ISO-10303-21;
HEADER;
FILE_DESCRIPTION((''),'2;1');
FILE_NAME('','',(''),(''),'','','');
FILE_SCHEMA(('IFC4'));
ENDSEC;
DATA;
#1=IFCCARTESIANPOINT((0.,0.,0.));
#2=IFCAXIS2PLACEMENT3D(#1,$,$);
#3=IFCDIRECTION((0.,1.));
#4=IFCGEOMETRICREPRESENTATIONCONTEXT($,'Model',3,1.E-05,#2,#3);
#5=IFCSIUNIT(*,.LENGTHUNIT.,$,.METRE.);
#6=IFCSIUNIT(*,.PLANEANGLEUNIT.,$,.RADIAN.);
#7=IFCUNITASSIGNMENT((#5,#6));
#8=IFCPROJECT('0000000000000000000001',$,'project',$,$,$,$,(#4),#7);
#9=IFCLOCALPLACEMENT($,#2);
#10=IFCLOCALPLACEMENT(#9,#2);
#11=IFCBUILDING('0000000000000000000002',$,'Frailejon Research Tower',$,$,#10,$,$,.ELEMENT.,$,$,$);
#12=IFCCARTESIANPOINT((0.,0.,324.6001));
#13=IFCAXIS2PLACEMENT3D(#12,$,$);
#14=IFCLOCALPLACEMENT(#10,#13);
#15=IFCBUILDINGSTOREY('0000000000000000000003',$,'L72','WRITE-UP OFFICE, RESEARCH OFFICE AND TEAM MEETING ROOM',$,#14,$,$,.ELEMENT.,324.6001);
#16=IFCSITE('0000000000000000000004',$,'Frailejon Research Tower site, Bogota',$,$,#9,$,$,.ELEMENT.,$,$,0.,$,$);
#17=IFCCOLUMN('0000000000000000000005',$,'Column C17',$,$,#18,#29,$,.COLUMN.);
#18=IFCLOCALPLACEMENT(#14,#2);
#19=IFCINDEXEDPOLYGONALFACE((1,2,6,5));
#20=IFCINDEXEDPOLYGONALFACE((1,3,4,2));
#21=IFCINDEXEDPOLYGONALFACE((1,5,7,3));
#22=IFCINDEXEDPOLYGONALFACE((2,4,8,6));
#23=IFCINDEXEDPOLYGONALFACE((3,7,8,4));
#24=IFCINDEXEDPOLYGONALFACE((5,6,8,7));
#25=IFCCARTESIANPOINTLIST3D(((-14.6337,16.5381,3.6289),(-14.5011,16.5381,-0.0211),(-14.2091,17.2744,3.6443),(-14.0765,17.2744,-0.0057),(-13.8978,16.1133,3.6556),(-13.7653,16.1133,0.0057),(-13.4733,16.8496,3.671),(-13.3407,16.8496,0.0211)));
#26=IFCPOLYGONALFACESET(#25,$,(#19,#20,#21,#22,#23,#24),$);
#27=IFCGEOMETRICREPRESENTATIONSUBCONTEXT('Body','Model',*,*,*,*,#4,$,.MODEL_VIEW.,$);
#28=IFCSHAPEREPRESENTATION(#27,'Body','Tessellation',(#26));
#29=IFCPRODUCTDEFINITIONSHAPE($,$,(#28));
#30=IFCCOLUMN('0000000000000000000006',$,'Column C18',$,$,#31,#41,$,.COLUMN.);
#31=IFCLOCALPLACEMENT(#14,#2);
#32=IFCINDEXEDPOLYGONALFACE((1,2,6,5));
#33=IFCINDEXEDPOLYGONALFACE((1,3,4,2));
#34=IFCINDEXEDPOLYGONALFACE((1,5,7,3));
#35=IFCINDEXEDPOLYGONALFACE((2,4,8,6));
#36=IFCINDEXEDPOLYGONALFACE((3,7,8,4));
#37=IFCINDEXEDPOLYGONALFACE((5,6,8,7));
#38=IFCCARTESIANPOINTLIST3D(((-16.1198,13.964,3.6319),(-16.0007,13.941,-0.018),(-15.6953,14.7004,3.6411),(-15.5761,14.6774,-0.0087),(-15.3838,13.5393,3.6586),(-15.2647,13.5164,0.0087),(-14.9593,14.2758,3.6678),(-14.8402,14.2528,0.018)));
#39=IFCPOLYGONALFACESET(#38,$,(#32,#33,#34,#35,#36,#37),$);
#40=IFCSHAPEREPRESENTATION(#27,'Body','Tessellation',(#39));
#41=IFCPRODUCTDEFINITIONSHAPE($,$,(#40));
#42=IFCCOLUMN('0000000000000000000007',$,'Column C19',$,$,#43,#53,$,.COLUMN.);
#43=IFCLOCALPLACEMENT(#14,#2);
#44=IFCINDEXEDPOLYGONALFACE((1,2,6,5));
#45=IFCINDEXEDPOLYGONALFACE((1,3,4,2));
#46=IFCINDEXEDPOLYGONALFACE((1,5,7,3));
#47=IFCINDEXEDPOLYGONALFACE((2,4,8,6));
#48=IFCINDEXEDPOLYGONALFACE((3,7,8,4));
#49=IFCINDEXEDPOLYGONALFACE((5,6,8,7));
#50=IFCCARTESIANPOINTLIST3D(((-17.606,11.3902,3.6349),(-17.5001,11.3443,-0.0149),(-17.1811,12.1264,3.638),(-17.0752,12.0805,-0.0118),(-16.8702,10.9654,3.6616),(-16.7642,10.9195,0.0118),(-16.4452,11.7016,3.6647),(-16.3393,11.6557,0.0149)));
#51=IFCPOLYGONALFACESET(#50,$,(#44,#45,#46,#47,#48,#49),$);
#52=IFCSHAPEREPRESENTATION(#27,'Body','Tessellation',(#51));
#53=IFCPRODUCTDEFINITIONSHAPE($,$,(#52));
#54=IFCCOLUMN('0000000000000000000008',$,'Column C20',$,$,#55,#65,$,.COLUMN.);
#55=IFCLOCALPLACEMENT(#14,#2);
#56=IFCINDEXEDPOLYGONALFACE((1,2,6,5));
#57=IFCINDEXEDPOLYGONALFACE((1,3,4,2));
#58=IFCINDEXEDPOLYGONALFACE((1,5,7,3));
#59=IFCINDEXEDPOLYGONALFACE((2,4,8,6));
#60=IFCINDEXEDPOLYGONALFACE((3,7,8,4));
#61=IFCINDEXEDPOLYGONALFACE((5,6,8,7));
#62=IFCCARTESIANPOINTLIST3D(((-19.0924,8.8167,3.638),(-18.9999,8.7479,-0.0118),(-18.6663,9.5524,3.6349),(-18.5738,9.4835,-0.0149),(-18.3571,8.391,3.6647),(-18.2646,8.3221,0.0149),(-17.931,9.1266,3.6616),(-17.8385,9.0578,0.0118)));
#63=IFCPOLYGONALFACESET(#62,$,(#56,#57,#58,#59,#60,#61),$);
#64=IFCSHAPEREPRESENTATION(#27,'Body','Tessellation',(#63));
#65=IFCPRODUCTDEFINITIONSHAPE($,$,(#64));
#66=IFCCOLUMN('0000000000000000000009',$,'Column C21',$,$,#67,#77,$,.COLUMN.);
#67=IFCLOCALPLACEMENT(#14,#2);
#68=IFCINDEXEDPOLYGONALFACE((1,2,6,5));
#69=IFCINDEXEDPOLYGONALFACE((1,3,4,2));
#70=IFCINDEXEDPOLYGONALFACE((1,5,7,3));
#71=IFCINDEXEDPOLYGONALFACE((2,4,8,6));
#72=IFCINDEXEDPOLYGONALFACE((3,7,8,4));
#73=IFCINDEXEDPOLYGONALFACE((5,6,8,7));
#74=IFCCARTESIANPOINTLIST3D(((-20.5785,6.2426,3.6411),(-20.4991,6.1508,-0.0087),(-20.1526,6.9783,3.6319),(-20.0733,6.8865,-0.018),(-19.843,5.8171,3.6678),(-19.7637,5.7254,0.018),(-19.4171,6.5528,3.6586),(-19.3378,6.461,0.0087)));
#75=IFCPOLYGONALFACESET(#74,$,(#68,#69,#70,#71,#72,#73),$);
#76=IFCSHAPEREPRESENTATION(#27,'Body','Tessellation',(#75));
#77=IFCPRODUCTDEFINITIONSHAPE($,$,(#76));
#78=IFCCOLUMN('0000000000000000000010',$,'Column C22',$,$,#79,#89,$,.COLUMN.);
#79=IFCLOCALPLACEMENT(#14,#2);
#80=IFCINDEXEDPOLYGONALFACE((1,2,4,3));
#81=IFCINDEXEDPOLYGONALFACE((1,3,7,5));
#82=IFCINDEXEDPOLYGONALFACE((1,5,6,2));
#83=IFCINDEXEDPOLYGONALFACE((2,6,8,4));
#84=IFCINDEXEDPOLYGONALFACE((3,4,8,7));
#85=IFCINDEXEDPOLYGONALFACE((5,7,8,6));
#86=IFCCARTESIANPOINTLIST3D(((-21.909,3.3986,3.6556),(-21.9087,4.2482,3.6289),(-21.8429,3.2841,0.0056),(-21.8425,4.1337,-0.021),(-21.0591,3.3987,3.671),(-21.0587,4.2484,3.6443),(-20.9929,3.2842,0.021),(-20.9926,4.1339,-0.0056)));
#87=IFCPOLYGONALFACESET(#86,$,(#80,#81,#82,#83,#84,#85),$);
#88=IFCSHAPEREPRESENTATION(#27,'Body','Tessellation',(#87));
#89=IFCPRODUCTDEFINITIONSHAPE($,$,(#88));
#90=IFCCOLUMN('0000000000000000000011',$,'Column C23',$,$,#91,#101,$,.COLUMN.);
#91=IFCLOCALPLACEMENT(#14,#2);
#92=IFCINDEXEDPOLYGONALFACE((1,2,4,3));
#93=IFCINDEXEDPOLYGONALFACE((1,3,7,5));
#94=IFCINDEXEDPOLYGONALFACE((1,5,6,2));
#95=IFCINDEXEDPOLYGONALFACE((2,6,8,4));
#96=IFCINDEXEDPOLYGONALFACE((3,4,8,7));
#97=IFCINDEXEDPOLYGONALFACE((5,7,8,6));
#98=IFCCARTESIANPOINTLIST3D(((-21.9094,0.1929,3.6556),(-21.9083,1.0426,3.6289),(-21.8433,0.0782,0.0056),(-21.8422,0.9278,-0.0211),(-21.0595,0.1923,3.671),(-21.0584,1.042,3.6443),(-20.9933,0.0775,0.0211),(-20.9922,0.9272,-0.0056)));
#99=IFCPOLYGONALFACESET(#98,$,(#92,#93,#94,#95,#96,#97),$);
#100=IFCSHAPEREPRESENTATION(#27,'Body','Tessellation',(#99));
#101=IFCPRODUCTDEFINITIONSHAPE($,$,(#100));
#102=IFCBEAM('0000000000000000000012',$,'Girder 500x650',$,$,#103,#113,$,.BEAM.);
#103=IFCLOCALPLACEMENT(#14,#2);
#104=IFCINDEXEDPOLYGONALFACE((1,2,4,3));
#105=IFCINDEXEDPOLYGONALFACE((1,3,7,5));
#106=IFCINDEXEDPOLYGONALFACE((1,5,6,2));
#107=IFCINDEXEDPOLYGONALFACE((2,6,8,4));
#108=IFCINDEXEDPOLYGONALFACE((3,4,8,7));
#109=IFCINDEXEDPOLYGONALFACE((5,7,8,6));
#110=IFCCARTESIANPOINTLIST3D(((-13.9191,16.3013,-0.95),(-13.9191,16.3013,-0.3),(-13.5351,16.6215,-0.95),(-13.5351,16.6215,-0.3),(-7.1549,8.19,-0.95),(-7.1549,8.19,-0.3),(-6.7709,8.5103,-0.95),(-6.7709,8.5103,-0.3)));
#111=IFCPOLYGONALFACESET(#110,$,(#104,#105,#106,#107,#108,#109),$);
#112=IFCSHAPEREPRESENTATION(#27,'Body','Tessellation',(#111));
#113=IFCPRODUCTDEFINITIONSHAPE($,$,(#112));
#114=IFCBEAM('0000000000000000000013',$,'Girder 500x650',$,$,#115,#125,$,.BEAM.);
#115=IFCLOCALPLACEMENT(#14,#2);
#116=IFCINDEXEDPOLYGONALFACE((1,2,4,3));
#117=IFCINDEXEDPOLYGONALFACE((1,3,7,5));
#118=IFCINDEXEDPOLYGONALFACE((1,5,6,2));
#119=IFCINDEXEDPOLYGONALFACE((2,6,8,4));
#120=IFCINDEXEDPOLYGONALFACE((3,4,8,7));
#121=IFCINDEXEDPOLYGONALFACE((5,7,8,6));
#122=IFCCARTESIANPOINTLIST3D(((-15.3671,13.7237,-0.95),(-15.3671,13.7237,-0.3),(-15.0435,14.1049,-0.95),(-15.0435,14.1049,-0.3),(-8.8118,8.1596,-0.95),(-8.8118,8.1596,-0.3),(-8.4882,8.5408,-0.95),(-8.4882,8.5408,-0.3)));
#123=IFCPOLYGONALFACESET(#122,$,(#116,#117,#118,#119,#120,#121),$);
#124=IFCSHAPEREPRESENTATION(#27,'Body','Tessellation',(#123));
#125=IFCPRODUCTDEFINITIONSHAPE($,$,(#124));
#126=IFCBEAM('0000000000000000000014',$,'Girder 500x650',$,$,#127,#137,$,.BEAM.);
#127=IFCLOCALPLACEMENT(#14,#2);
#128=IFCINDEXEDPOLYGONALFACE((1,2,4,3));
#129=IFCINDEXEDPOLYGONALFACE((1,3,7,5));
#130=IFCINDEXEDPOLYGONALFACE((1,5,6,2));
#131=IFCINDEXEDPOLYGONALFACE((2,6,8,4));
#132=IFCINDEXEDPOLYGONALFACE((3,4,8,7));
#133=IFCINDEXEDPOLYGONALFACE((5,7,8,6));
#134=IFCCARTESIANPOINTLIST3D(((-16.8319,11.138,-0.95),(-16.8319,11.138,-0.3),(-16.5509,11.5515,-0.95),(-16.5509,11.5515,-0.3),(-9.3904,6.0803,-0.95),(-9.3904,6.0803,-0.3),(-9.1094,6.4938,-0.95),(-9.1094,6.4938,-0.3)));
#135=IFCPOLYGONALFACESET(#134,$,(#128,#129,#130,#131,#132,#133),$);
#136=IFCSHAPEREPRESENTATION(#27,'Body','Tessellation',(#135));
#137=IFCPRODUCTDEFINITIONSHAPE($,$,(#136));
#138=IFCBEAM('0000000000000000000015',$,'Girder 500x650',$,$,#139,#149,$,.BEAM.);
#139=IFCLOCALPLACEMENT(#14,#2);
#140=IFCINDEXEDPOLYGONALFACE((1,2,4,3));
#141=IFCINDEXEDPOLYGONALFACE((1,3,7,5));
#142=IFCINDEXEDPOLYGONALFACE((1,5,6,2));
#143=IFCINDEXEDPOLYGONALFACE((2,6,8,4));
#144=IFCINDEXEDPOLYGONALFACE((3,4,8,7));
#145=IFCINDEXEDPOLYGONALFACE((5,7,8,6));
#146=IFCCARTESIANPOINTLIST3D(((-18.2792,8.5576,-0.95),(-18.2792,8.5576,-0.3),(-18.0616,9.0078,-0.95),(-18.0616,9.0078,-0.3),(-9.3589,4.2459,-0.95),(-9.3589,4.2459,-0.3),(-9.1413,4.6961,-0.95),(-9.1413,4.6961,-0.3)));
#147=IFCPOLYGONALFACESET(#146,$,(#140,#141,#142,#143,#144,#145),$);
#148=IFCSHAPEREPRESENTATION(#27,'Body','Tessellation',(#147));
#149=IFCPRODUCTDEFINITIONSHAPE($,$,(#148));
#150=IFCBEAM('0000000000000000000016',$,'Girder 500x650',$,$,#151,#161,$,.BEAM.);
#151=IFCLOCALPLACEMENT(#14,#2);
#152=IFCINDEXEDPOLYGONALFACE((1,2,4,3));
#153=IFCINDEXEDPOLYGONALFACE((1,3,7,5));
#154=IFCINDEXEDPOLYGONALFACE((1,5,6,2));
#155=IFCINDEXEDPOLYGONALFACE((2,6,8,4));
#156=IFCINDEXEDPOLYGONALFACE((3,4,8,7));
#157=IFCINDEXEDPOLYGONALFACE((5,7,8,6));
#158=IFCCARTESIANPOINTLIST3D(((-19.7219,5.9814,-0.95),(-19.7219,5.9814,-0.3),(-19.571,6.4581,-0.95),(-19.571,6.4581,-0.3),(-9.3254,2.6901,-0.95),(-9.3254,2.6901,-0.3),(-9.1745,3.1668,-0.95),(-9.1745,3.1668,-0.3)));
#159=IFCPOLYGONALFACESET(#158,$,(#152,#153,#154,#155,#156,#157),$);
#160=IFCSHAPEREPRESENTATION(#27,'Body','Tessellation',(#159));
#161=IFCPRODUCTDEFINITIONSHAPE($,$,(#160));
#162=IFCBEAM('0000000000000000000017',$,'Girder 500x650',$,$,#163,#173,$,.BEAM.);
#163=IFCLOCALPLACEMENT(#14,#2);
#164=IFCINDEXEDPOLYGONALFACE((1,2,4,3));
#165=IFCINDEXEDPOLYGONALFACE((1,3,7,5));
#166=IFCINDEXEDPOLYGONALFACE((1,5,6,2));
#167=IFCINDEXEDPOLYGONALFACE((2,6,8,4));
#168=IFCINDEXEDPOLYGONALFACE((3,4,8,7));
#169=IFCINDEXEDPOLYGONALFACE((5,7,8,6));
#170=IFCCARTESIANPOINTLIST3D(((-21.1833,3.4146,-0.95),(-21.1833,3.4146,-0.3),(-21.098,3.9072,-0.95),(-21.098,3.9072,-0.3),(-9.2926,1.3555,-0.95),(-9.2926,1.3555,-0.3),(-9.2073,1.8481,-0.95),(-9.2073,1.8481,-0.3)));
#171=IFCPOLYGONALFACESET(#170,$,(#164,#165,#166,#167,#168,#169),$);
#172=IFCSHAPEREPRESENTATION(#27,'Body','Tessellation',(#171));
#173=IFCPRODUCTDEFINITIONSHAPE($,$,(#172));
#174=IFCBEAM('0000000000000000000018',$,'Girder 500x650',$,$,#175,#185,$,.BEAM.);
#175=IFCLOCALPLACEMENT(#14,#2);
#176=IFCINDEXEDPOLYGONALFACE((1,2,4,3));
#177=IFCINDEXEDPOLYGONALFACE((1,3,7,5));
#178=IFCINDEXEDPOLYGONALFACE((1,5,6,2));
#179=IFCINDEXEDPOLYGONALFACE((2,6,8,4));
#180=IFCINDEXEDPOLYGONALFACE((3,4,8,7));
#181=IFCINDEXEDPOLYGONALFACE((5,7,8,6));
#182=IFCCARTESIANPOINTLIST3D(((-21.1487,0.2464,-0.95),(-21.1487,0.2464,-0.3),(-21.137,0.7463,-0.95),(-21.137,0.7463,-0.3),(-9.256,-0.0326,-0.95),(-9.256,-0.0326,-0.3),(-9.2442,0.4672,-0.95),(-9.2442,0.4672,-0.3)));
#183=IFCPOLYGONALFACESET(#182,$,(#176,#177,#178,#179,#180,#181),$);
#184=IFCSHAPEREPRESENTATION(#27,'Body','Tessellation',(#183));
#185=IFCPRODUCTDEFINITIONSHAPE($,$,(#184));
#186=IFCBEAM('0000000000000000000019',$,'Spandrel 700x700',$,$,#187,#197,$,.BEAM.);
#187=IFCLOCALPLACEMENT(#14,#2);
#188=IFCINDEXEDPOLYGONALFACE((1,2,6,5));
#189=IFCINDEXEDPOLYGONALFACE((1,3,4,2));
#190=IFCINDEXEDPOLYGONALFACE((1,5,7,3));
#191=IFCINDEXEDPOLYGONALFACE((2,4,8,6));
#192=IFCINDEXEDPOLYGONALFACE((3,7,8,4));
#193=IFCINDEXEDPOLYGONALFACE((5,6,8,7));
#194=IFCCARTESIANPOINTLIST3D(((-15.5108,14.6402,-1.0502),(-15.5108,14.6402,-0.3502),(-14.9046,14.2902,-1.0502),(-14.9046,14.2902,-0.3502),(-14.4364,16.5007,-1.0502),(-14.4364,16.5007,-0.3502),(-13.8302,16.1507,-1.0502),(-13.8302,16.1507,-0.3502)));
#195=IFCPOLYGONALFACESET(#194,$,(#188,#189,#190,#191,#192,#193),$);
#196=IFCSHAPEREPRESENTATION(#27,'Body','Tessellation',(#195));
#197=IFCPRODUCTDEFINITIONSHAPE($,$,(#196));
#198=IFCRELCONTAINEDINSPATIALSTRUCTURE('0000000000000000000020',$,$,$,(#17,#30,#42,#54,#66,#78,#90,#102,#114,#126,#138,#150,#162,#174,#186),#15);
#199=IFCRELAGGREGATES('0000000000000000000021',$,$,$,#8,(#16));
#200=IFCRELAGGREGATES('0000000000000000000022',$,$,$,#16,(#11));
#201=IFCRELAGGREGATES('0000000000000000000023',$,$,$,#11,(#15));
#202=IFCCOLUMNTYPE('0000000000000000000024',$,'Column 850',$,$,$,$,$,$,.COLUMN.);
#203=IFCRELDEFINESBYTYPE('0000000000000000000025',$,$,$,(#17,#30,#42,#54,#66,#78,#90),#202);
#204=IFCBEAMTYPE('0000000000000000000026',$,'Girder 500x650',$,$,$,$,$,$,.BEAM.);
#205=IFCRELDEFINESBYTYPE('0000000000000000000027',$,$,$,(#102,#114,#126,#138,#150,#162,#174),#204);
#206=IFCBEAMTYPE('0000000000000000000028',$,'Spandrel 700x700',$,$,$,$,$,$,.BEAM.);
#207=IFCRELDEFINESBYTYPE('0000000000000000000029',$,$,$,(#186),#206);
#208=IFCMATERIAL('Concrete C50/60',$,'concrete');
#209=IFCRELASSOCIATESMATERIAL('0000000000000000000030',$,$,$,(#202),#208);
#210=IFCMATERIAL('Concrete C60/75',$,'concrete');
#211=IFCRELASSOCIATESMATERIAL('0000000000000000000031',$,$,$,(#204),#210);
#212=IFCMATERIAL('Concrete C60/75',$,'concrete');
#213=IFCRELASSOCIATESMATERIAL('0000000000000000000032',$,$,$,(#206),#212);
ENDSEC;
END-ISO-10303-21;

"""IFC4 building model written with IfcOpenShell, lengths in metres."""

from ifc_helpers import new_model, si_unit, direction, frame, origin, origin_2d, place, context, subcontext, project, spatial, rectangle, extrude, material, material_profile, profile_set, type_object, element, save


model = new_model("IFC4")

# Units and contexts
model_context = context("Model", 3, precision=1e-05, world=origin(), true_north=direction((0.0, 1.0)))
body_context = subcontext(model_context, "Body", "Model", "MODEL_VIEW")
ifc_project = project(units=[si_unit("LENGTHUNIT", "METRE"), si_unit("PLANEANGLEUNIT", "RADIAN")], contexts=[model_context])

# Site, building, storey
site_placement = place(None, origin())
site = spatial("IfcSite", under=ifc_project, at=site_placement, Name="Frailejon Research Tower site, Bogota", CompositionType="ELEMENT", RefElevation=0.0)
building_placement = place(site_placement, origin())
building = spatial("IfcBuilding", under=site, at=building_placement, Name="Frailejon Research Tower", CompositionType="ELEMENT")
storey_placement = place(building_placement, frame((0.0, 0.0, 324.6001)))
storey = spatial("IfcBuildingStorey", under=building, at=storey_placement, Name="L72", Description="WRITE-UP OFFICE, RESEARCH OFFICE AND TEAM MEETING ROOM", CompositionType="ELEMENT", Elevation=324.6001)

# Columns
ifc_material_1 = material(Name="Concrete C50/60", Category="concrete")
ifc_material_profile_1 = material_profile(ifc_material_1, rectangle(XDim=0.8501, YDim=0.8501, at=origin_2d()), Name="Column 850")
ifc_profile_set_1 = profile_set([ifc_material_profile_1], Name="Concrete C50/60")
column_type = type_object("IfcColumnType", Name="Column 850", PredefinedType="COLUMN", material=ifc_profile_set_1)
column_1_placement = place(storey_placement, frame((-13.9209, 16.6938, 0.0), z_axis=(-0.036297, 0.0, 0.999341), x_axis=(-0.499424, -0.866168, -0.01814)))
element("IfcColumn", 1, at=column_1_placement, inside=storey, type_object=column_type, Name="Column C17", PredefinedType="COLUMN", context=body_context, shape_type="SweptSolid", body=[
    extrude(rectangle(XDim=0.8501, YDim=0.8501, at=origin_2d()), origin(), (0.0, 0.0, 1.0), 3.6523),
])
column_2_placement = place(storey_placement, frame((-15.4204, 14.0969, 0.0), z_axis=(-0.032624, 0.006284, 0.999448), x_axis=(-0.499397, -0.866305, -0.010854)))
element("IfcColumn", 2, at=column_2_placement, inside=storey, type_object=column_type, Name="Column C18", PredefinedType="COLUMN", context=body_context, shape_type="SweptSolid", body=[
    extrude(rectangle(XDim=0.8501, YDim=0.8501, at=origin_2d()), origin(), (0.0, 0.0, 1.0), 3.6519),
])
for number, where, z_axis, x_axis, name in (
    (3, (-16.9197, 11.5, 0.0), (-0.029016, 0.012569, 0.9995), (-0.499849, -0.866105, -0.003619), "Column C19"),
    (4, (-18.4192, 8.9028, 0.0), (-0.025339, 0.018853, 0.999501), (-0.501176, -0.865338, 0.003617), "Column C20"),
):
    element("IfcColumn", number, at=place(storey_placement, frame(where, z_axis=z_axis, x_axis=x_axis)), inside=storey, type_object=column_type, Name=name, PredefinedType="COLUMN", context=body_context, shape_type="SweptSolid", body=[
        extrude(rectangle(XDim=0.8501, YDim=0.8501, at=origin_2d()), origin(), (0.0, 0.0, 1.0), 3.6516),
    ])
column_3_placement = place(storey_placement, frame((-19.9185, 6.3059, 0.0), z_axis=(-0.021727, 0.025137, 0.999448), x_axis=(-0.500981, -0.86539, 0.010874)))
element("IfcColumn", 5, at=column_3_placement, inside=storey, type_object=column_type, Name="Column C21", PredefinedType="COLUMN", context=body_context, shape_type="SweptSolid", body=[
    extrude(rectangle(XDim=0.8501, YDim=0.8501, at=origin_2d()), origin(), (0.0, 0.0, 1.0), 3.6519),
])
for number, where, z_axis, x_axis, name in (
    (6, (-21.4177, 3.709, 0.0), (-0.018115, 0.031351, 0.999344), (-0.000375, -0.999508, 0.031349), "Column C22"),
    (7, (-21.4177, 0.5027, 0.0), (-0.018115, 0.031417, 0.999342), (-0.001297, -0.999506, 0.031399), "Column C23"),
):
    element("IfcColumn", number, at=place(storey_placement, frame(where, z_axis=z_axis, x_axis=x_axis)), inside=storey, type_object=column_type, Name=name, PredefinedType="COLUMN", context=body_context, shape_type="SweptSolid", body=[
        extrude(rectangle(XDim=0.8501, YDim=0.8501, at=origin_2d()), origin(), (0.0, 0.0, 1.0), 3.6523),
    ])

# Beams
ifc_material_2 = material(Name="Concrete C60/75", Category="concrete")
ifc_material_profile_2 = material_profile(ifc_material_2, rectangle(XDim=0.5, YDim=0.6499, at=origin_2d()), Name="Girder 500x650")
ifc_profile_set_2 = profile_set([ifc_material_profile_2], Name="Concrete C60/75")
beam_type_1 = type_object("IfcBeamType", Name="Girder 500x650", PredefinedType="BEAM", material=ifc_profile_set_2)
beam_1_placement = place(storey_placement, frame((-13.7271, 16.4614, -0.625), z_axis=(0.640448, -0.768001, 0.0), x_axis=(0.768001, 0.640448, 0.0)))
element("IfcBeam", 8, at=beam_1_placement, inside=storey, type_object=beam_type_1, Name="Girder 500x650", PredefinedType="BEAM", context=body_context, shape_type="SweptSolid", body=[
    extrude(rectangle(XDim=0.5, YDim=0.6499, at=origin_2d()), origin(), (0.0, 0.0, 1.0), 10.5615),
])
beam_2_placement = place(storey_placement, frame((-15.2053, 13.9143, -0.625), z_axis=(0.762392, -0.647115, 0.0), x_axis=(0.647115, 0.762392, 0.0)))
element("IfcBeam", 9, at=beam_2_placement, inside=storey, type_object=beam_type_1, Name="Girder 500x650", PredefinedType="BEAM", context=body_context, shape_type="SweptSolid", body=[
    extrude(rectangle(XDim=0.5, YDim=0.6499, at=origin_2d()), origin(), (0.0, 0.0, 1.0), 8.5984),
])
beam_3_placement = place(storey_placement, frame((-16.6914, 11.3447, -0.625), z_axis=(0.827058, -0.562117, 0.0), x_axis=(0.562117, 0.827058, 0.0)))
element("IfcBeam", 10, at=beam_3_placement, inside=storey, type_object=beam_type_1, Name="Girder 500x650", PredefinedType="BEAM", context=body_context, shape_type="SweptSolid", body=[
    extrude(rectangle(XDim=0.5, YDim=0.6499, at=origin_2d()), origin(), (0.0, 0.0, 1.0), 8.9976),
])
beam_4_placement = place(storey_placement, frame((-18.1704, 8.7827, -0.625), z_axis=(0.90034, -0.435188, 0.0), x_axis=(0.435188, 0.90034, 0.0)))
element("IfcBeam", 11, at=beam_4_placement, inside=storey, type_object=beam_type_1, Name="Girder 500x650", PredefinedType="BEAM", context=body_context, shape_type="SweptSolid", body=[
    extrude(rectangle(XDim=0.5, YDim=0.6499, at=origin_2d()), origin(), (0.0, 0.0, 1.0), 9.9077),
])
beam_5_placement = place(storey_placement, frame((-19.6465, 6.2197, -0.625), z_axis=(0.953368, -0.301812, 0.0), x_axis=(0.301812, 0.953368, 0.0)))
element("IfcBeam", 12, at=beam_5_placement, inside=storey, type_object=beam_type_1, Name="Girder 500x650", PredefinedType="BEAM", context=body_context, shape_type="SweptSolid", body=[
    extrude(rectangle(XDim=0.5, YDim=0.6499, at=origin_2d()), origin(), (0.0, 0.0, 1.0), 10.905),
])
beam_6_placement = place(storey_placement, frame((-21.1406, 3.6609, -0.625), z_axis=(0.985335, -0.170629, 0.0), x_axis=(0.170629, 0.985335, 0.0)))
element("IfcBeam", 13, at=beam_6_placement, inside=storey, type_object=beam_type_1, Name="Girder 500x650", PredefinedType="BEAM", context=body_context, shape_type="SweptSolid", body=[
    extrude(rectangle(XDim=0.5, YDim=0.6499, at=origin_2d()), origin(), (0.0, 0.0, 1.0), 12.0676),
])
beam_7_placement = place(storey_placement, frame((-21.1428, 0.4963, -0.625), z_axis=(0.999725, -0.023458, 0.0), x_axis=(0.023458, 0.999725, 0.0)))
element("IfcBeam", 14, at=beam_7_placement, inside=storey, type_object=beam_type_1, Name="Girder 500x650", PredefinedType="BEAM", context=body_context, shape_type="SweptSolid", body=[
    extrude(rectangle(XDim=0.5, YDim=0.6499, at=origin_2d()), origin(), (0.0, 0.0, 1.0), 11.896),
])
ifc_material_3 = material(Name="Concrete C60/75", Category="concrete")
ifc_material_profile_3 = material_profile(ifc_material_3, rectangle(XDim=0.7, YDim=0.7, at=origin_2d()), Name="Spandrel 700x700")
ifc_profile_set_3 = profile_set([ifc_material_profile_3], Name="Concrete C60/75")
beam_type_2 = type_object("IfcBeamType", Name="Spandrel 700x700", PredefinedType="BEAM", material=ifc_profile_set_3)
beam_8_placement = place(storey_placement, frame((-14.1333, 16.3257, -0.7002), z_axis=(-0.500086, -0.865976, 0.0), x_axis=(0.865976, -0.500086, 0.0)))
element("IfcBeam", 15, at=beam_8_placement, inside=storey, type_object=beam_type_2, Name="Spandrel 700x700", PredefinedType="BEAM", context=body_context, shape_type="SweptSolid", body=[
    extrude(rectangle(XDim=0.7, YDim=0.7, at=origin_2d()), origin(), (0.0, 0.0, 1.0), 2.1484),
])

save(model, "model.ifc")
